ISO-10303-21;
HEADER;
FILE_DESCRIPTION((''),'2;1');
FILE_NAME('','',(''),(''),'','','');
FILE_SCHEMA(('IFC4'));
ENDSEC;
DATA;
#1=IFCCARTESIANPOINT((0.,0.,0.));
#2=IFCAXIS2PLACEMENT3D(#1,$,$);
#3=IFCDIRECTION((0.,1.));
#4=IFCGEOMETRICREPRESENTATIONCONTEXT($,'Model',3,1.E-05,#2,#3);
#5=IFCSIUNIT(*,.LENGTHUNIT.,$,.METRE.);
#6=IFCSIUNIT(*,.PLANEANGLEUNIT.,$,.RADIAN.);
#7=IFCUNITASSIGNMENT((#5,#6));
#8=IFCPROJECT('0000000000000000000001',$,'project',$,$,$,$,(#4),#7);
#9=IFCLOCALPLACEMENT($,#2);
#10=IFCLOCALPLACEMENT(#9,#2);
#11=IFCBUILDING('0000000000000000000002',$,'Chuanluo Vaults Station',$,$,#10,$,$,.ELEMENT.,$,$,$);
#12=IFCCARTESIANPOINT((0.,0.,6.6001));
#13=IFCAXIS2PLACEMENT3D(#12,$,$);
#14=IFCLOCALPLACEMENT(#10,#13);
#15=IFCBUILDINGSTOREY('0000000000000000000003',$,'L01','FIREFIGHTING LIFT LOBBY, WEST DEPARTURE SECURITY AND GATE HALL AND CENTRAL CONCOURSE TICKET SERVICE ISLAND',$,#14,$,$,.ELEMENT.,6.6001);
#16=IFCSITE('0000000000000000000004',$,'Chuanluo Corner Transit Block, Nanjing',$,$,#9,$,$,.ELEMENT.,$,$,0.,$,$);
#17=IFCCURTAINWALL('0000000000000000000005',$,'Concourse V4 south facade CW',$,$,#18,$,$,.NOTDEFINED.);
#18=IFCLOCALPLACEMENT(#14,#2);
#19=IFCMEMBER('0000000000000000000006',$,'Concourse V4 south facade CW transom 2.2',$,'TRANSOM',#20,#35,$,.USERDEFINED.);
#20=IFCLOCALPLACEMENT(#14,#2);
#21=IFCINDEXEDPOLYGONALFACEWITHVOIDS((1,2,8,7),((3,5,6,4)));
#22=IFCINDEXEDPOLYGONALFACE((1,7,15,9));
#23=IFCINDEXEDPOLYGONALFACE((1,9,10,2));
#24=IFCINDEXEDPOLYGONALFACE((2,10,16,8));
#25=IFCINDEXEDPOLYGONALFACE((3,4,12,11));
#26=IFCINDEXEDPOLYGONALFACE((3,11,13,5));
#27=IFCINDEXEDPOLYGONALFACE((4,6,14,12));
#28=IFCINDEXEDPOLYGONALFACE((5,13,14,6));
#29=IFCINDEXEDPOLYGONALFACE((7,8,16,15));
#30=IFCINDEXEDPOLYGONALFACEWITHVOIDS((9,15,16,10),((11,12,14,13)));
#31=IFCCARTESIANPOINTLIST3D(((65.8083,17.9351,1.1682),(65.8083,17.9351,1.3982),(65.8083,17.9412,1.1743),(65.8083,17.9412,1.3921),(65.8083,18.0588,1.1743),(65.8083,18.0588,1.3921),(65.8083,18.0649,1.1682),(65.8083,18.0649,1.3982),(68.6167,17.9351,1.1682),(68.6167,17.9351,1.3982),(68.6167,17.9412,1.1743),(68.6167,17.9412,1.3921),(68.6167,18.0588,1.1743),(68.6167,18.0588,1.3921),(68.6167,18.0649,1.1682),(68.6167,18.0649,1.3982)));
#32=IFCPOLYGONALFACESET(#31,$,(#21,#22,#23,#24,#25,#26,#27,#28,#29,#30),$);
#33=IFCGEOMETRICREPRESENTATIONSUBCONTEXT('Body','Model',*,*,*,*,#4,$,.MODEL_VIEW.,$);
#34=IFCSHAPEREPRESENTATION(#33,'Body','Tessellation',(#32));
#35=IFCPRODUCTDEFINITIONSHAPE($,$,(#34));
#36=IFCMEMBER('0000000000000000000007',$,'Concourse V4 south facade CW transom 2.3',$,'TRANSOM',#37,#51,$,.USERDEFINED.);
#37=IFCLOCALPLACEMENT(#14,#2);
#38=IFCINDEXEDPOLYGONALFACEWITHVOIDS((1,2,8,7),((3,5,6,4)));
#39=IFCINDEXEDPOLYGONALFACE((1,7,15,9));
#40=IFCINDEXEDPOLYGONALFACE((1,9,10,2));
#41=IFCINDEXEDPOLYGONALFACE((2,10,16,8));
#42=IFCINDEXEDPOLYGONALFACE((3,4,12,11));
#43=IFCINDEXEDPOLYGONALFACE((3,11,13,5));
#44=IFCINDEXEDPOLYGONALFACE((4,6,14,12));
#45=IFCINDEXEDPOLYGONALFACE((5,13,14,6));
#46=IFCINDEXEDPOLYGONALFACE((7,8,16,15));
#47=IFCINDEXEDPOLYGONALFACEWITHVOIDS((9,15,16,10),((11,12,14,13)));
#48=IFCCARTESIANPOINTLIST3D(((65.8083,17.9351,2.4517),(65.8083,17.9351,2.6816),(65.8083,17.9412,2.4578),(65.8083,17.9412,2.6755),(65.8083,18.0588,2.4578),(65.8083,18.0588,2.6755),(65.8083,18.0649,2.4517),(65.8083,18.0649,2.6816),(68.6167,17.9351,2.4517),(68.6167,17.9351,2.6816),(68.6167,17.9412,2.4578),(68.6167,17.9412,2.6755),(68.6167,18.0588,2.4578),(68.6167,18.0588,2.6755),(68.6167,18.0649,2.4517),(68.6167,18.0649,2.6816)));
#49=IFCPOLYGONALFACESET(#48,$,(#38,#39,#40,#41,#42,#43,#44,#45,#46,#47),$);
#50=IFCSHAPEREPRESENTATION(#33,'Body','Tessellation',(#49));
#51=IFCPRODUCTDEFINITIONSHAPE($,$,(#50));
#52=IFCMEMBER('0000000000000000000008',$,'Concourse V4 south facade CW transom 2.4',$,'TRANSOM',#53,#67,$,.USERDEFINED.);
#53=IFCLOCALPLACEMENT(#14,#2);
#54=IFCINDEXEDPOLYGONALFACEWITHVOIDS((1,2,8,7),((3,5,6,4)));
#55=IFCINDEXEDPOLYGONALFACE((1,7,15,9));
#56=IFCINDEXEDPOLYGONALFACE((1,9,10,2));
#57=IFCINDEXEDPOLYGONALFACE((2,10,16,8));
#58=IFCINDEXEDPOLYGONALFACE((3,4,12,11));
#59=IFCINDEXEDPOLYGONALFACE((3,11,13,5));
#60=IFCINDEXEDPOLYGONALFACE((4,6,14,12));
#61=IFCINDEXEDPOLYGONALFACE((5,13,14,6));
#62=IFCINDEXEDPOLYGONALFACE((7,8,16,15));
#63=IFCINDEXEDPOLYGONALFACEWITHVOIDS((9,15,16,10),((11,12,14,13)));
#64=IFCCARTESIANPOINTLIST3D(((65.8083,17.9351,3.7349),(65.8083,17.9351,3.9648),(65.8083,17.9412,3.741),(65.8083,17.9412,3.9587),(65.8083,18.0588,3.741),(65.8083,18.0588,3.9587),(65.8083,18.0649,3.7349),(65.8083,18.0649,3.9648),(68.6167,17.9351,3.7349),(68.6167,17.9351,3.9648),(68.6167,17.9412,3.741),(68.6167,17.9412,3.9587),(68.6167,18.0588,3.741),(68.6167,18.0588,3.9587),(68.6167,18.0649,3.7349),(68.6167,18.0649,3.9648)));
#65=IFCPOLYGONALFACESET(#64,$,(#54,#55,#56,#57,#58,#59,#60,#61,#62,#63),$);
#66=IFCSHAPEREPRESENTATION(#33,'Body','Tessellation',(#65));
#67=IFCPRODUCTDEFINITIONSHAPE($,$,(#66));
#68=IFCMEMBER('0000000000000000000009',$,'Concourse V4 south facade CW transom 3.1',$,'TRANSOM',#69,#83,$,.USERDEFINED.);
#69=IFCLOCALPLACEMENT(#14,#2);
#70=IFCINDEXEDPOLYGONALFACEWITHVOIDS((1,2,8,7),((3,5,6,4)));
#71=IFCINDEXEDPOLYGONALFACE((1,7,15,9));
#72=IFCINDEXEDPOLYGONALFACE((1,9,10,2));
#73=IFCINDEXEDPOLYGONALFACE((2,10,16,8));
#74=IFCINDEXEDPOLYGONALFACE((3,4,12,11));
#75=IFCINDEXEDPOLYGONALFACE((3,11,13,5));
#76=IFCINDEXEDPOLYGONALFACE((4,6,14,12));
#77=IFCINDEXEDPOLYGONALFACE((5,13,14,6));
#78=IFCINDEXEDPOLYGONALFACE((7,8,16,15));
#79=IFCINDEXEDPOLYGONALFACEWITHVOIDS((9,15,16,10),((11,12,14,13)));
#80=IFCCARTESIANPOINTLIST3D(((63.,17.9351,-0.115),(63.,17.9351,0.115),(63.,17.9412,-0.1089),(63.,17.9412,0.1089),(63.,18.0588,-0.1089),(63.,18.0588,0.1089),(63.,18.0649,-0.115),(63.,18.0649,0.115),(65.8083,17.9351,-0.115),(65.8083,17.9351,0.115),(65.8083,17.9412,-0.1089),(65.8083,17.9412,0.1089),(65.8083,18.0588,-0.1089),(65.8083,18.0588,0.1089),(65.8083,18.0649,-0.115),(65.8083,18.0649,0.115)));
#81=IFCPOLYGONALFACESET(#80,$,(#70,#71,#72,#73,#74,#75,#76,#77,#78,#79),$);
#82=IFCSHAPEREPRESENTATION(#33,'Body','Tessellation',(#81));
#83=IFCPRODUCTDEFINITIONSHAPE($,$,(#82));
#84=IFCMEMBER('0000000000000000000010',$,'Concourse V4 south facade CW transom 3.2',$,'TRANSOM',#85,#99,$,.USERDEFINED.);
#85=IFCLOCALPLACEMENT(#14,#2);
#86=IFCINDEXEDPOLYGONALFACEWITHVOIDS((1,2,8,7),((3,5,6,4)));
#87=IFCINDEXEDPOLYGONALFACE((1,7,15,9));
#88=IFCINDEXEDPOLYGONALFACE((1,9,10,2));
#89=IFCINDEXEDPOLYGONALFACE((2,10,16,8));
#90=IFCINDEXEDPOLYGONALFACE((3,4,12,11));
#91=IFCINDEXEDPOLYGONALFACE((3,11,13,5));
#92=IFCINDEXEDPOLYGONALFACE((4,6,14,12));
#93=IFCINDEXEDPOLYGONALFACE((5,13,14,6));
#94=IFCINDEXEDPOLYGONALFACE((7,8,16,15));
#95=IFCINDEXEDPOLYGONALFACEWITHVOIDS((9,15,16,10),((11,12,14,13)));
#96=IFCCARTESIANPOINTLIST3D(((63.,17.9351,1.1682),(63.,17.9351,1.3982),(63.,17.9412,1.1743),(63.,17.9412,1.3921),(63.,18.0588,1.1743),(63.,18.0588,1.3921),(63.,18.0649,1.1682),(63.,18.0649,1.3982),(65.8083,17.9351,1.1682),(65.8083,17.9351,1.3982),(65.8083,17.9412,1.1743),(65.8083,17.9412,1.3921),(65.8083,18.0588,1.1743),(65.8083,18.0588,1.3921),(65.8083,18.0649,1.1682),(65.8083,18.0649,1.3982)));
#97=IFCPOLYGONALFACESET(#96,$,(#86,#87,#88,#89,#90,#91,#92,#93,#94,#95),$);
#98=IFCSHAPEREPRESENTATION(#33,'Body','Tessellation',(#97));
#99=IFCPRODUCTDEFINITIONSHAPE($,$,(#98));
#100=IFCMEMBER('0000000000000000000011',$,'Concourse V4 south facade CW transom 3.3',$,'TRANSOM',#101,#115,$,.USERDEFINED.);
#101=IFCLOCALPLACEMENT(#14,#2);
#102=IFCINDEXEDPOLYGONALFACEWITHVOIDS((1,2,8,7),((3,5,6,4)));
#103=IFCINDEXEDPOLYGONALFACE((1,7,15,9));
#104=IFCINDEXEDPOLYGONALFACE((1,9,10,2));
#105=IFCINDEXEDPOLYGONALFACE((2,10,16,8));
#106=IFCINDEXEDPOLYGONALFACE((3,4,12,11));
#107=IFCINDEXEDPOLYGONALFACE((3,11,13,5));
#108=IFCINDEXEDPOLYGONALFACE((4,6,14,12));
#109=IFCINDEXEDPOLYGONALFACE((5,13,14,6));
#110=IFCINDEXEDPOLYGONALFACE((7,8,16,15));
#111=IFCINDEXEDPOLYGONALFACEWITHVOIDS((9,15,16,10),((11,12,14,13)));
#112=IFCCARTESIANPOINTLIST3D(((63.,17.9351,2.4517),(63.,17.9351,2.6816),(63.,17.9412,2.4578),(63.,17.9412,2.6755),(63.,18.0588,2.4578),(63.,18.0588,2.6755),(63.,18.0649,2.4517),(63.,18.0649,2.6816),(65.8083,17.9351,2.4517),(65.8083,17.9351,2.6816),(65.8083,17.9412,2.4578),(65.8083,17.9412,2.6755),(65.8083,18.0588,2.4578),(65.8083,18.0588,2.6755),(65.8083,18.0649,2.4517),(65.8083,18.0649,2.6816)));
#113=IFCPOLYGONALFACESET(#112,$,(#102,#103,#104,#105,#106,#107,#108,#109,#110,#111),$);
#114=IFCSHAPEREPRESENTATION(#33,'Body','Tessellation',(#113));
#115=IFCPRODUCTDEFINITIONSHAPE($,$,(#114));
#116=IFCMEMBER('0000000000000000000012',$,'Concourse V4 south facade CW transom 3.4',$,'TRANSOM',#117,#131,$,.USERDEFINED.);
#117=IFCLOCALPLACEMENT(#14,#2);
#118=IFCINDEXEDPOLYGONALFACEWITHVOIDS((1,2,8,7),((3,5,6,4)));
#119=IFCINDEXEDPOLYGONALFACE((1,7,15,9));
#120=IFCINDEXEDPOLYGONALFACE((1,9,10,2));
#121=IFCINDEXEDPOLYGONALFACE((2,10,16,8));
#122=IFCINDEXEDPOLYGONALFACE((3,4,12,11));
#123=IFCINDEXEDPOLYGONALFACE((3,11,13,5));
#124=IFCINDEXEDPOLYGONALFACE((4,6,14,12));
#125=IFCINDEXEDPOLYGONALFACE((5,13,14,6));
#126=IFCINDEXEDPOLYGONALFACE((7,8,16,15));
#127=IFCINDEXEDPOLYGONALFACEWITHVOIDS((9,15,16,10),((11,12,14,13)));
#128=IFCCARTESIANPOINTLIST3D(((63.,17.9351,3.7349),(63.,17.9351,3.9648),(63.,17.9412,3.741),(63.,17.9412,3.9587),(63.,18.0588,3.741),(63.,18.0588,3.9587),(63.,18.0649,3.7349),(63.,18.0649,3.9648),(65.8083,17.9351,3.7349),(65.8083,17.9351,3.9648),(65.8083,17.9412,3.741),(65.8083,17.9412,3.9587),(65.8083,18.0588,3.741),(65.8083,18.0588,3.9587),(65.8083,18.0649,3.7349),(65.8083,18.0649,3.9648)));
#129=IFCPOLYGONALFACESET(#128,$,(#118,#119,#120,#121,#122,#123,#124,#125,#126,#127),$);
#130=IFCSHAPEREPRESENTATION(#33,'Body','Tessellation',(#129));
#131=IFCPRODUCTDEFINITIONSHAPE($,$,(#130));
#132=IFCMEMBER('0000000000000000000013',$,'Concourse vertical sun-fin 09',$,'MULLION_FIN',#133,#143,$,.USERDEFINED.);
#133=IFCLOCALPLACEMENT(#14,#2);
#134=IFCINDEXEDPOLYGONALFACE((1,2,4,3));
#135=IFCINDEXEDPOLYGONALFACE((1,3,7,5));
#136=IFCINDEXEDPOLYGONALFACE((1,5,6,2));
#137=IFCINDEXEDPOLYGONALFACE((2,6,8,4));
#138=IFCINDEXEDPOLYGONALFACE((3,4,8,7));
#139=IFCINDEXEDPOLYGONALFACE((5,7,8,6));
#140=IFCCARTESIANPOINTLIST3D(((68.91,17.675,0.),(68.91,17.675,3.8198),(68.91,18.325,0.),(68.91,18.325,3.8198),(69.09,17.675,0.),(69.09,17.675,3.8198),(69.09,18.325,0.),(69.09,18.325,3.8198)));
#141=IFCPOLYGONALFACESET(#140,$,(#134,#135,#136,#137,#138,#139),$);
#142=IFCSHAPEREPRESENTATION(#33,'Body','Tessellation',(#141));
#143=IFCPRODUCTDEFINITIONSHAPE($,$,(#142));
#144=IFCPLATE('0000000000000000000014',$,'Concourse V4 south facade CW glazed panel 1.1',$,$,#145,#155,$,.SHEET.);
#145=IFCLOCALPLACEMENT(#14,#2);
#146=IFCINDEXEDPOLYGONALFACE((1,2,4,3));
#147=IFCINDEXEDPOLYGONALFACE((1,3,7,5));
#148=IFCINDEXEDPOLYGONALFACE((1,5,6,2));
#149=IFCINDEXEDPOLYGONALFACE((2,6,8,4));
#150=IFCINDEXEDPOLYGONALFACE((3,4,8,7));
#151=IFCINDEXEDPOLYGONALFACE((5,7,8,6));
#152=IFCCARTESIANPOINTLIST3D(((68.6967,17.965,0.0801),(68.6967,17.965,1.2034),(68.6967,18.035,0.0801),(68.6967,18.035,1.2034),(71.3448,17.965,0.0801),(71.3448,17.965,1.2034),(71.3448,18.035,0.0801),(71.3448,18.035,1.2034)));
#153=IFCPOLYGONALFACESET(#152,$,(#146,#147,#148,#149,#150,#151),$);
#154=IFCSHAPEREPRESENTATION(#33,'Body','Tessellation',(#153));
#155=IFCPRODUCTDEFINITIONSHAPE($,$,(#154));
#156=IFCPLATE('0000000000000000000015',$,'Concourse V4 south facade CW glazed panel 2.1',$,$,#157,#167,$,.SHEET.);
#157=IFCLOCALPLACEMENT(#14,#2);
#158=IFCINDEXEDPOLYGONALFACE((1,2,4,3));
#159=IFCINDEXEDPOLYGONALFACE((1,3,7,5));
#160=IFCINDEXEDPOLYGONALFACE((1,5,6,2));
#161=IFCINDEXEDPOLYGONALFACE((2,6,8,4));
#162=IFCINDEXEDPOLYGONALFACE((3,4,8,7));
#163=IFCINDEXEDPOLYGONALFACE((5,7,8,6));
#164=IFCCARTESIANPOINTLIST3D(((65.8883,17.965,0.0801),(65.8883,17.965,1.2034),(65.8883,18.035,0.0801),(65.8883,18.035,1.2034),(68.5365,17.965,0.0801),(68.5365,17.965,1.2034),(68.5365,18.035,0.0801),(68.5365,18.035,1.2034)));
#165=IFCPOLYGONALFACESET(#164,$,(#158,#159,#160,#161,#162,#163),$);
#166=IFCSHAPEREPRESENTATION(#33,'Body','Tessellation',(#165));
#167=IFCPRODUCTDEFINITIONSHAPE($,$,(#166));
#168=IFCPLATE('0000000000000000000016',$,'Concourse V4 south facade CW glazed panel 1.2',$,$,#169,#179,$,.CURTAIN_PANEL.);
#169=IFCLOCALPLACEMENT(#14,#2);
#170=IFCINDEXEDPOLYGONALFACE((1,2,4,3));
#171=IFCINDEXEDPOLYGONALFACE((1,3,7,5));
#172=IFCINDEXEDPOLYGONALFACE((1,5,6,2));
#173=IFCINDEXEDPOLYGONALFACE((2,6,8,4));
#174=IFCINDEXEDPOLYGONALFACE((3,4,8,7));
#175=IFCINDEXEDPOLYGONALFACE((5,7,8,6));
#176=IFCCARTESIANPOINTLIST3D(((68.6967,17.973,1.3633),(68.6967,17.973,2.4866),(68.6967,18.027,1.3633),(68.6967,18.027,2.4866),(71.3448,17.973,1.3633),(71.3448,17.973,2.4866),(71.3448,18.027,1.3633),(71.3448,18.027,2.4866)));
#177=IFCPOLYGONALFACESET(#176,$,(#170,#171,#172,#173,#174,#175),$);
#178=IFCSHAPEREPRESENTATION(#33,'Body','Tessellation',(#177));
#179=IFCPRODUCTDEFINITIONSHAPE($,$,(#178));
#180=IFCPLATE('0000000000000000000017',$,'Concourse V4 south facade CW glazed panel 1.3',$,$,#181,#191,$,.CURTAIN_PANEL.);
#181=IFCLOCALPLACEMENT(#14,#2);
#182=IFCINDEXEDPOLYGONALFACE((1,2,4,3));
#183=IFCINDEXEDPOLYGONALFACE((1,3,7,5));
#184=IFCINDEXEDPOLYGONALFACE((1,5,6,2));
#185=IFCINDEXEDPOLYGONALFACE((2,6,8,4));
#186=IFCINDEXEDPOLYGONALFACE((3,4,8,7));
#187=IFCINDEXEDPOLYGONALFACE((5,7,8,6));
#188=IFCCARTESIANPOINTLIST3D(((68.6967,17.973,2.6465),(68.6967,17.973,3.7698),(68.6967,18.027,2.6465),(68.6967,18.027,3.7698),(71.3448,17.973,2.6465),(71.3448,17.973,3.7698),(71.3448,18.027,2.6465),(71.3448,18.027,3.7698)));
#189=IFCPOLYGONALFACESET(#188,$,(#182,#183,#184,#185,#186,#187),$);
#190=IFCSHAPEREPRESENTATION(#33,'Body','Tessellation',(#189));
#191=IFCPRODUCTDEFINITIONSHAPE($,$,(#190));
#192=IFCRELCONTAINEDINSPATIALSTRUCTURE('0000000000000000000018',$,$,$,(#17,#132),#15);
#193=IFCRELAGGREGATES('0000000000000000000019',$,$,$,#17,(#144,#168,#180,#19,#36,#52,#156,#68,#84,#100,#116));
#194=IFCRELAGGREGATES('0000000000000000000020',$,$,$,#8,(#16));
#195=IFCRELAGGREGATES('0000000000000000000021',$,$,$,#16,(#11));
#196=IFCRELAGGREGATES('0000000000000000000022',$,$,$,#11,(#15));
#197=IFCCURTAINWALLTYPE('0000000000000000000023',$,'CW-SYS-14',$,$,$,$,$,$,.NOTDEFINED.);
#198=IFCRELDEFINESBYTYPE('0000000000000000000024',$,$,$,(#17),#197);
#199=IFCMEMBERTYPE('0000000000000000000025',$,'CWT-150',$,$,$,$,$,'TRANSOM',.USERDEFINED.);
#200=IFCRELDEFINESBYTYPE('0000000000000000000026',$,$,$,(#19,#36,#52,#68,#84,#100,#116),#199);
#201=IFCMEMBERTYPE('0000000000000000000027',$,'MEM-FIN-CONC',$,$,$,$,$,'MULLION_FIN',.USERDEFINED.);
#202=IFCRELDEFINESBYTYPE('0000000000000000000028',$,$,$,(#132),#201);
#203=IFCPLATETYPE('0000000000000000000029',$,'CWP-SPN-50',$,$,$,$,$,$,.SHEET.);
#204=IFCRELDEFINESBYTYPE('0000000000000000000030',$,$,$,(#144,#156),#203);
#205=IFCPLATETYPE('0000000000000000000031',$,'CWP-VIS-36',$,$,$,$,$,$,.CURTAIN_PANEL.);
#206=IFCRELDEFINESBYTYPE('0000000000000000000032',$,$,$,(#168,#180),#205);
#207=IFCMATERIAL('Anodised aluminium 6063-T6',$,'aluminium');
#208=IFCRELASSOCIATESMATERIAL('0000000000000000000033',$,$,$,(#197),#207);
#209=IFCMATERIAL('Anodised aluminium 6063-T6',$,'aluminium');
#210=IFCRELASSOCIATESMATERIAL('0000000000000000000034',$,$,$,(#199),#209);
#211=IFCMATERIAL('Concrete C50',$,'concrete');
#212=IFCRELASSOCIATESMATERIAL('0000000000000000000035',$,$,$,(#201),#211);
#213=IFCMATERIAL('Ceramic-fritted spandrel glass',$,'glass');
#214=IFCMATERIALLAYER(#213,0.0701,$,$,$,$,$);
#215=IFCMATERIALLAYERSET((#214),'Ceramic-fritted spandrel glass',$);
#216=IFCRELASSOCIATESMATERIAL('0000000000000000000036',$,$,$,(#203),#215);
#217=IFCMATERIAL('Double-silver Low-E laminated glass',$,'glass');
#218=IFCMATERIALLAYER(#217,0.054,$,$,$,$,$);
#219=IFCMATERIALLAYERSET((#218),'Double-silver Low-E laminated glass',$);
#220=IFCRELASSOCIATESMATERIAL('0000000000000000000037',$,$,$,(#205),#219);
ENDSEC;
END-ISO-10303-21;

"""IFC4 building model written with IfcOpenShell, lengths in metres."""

from ifc_helpers import new_model, si_unit, direction, frame, origin, origin_2d, place, context, subcontext, project, spatial, rectangle, hollow_rectangle, extrude, material, layer, layer_set, material_profile, profile_set, type_object, element, aggregate, save


model = new_model("IFC4")

# Units and contexts
model_context = context("Model", 3, precision=1e-05, world=origin(), true_north=direction((0.0, 1.0)))
body_context = subcontext(model_context, "Body", "Model", "MODEL_VIEW")
ifc_project = project(units=[si_unit("LENGTHUNIT", "METRE"), si_unit("PLANEANGLEUNIT", "RADIAN")], contexts=[model_context])

# Site, building, storey
site_placement = place(None, origin())
site = spatial("IfcSite", under=ifc_project, at=site_placement, Name="Chuanluo Corner Transit Block, Nanjing", CompositionType="ELEMENT", RefElevation=0.0)
building_placement = place(site_placement, origin())
building = spatial("IfcBuilding", under=site, at=building_placement, Name="Chuanluo Vaults Station", CompositionType="ELEMENT")
storey_placement = place(building_placement, frame((0.0, 0.0, 6.6001)))
storey = spatial("IfcBuildingStorey", under=building, at=storey_placement, Name="L01", Description="FIREFIGHTING LIFT LOBBY, WEST DEPARTURE SECURITY AND GATE HALL AND CENTRAL CONCOURSE TICKET SERVICE ISLAND", CompositionType="ELEMENT", Elevation=6.6001)

# Curtain wall, members
ifc_material_1 = material(Name="Anodised aluminium 6063-T6", Category="aluminium")
curtain_wall_type = type_object("IfcCurtainWallType", Name="CW-SYS-14", PredefinedType="NOTDEFINED", material=ifc_material_1)
curtain_wall_placement = place(storey_placement, origin())
curtain_wall = element("IfcCurtainWall", 1, at=curtain_wall_placement, inside=storey, type_object=curtain_wall_type, Name="Concourse V4 south facade CW", PredefinedType="NOTDEFINED")
ifc_material_2 = material(Name="Anodised aluminium 6063-T6", Category="aluminium")
ifc_material_profile_1 = material_profile(ifc_material_2, hollow_rectangle(XDim=0.1299, YDim=0.23, WallThickness=0.0061, at=origin_2d()))
ifc_profile_set_1 = profile_set([ifc_material_profile_1], Name="Anodised aluminium 6063-T6")
member_type_1 = type_object("IfcMemberType", Name="CWT-150", ElementType="TRANSOM", PredefinedType="USERDEFINED", material=ifc_profile_set_1)
member_1_placement = place(storey_placement, frame((68.6167, 18.0, 1.2832), z_axis=(-1.0, 0.0, 0.0), x_axis=(0.0, -1.0, 0.0)))
member_1 = element("IfcMember", 2, at=member_1_placement, type_object=member_type_1, Name="Concourse V4 south facade CW transom 2.2", ObjectType="TRANSOM", PredefinedType="USERDEFINED", context=body_context, shape_type="SweptSolid", body=[
    extrude(hollow_rectangle(XDim=0.1299, YDim=0.23, WallThickness=0.0061, at=origin_2d()), origin(), (0.0, 0.0, 1.0), 2.8083),
])
member_2_placement = place(storey_placement, frame((68.6167, 18.0, 2.5667), z_axis=(-1.0, 0.0, 0.0), x_axis=(0.0, -1.0, 0.0)))
member_2 = element("IfcMember", 3, at=member_2_placement, type_object=member_type_1, Name="Concourse V4 south facade CW transom 2.3", ObjectType="TRANSOM", PredefinedType="USERDEFINED", context=body_context, shape_type="SweptSolid", body=[
    extrude(hollow_rectangle(XDim=0.1299, YDim=0.23, WallThickness=0.0061, at=origin_2d()), origin(), (0.0, 0.0, 1.0), 2.8083),
])
member_3_placement = place(storey_placement, frame((68.6167, 18.0, 3.8499), z_axis=(-1.0, 0.0, 0.0), x_axis=(0.0, -1.0, 0.0)))
member_3 = element("IfcMember", 4, at=member_3_placement, type_object=member_type_1, Name="Concourse V4 south facade CW transom 2.4", ObjectType="TRANSOM", PredefinedType="USERDEFINED", context=body_context, shape_type="SweptSolid", body=[
    extrude(hollow_rectangle(XDim=0.1299, YDim=0.23, WallThickness=0.0061, at=origin_2d()), origin(), (0.0, 0.0, 1.0), 2.8083),
])
member_4_placement = place(storey_placement, frame((65.8083, 18.0, 0.0), z_axis=(-1.0, 0.0, 0.0), x_axis=(0.0, -1.0, 0.0)))
member_4 = element("IfcMember", 5, at=member_4_placement, type_object=member_type_1, Name="Concourse V4 south facade CW transom 3.1", ObjectType="TRANSOM", PredefinedType="USERDEFINED", context=body_context, shape_type="SweptSolid", body=[
    extrude(hollow_rectangle(XDim=0.1299, YDim=0.23, WallThickness=0.0061, at=origin_2d()), origin(), (0.0, 0.0, 1.0), 2.8083),
])
member_5_placement = place(storey_placement, frame((65.8083, 18.0, 1.2832), z_axis=(-1.0, 0.0, 0.0), x_axis=(0.0, -1.0, 0.0)))
member_5 = element("IfcMember", 6, at=member_5_placement, type_object=member_type_1, Name="Concourse V4 south facade CW transom 3.2", ObjectType="TRANSOM", PredefinedType="USERDEFINED", context=body_context, shape_type="SweptSolid", body=[
    extrude(hollow_rectangle(XDim=0.1299, YDim=0.23, WallThickness=0.0061, at=origin_2d()), origin(), (0.0, 0.0, 1.0), 2.8083),
])
member_6_placement = place(storey_placement, frame((65.8083, 18.0, 2.5667), z_axis=(-1.0, 0.0, 0.0), x_axis=(0.0, -1.0, 0.0)))
member_6 = element("IfcMember", 7, at=member_6_placement, type_object=member_type_1, Name="Concourse V4 south facade CW transom 3.3", ObjectType="TRANSOM", PredefinedType="USERDEFINED", context=body_context, shape_type="SweptSolid", body=[
    extrude(hollow_rectangle(XDim=0.1299, YDim=0.23, WallThickness=0.0061, at=origin_2d()), origin(), (0.0, 0.0, 1.0), 2.8083),
])
member_7_placement = place(storey_placement, frame((65.8083, 18.0, 3.8499), z_axis=(-1.0, 0.0, 0.0), x_axis=(0.0, -1.0, 0.0)))
member_7 = element("IfcMember", 8, at=member_7_placement, type_object=member_type_1, Name="Concourse V4 south facade CW transom 3.4", ObjectType="TRANSOM", PredefinedType="USERDEFINED", context=body_context, shape_type="SweptSolid", body=[
    extrude(hollow_rectangle(XDim=0.1299, YDim=0.23, WallThickness=0.0061, at=origin_2d()), origin(), (0.0, 0.0, 1.0), 2.8083),
])

# Member
ifc_material_3 = material(Name="Concrete C50", Category="concrete")
ifc_material_profile_2 = material_profile(ifc_material_3, rectangle(XDim=0.1799, YDim=0.6499, at=origin_2d()))
ifc_profile_set_2 = profile_set([ifc_material_profile_2], Name="Concrete C50")
member_type_2 = type_object("IfcMemberType", Name="MEM-FIN-CONC", ElementType="MULLION_FIN", PredefinedType="USERDEFINED", material=ifc_profile_set_2)
member_8_placement = place(storey_placement, frame((69.0, 18.0, 0.0), z_axis=(0.0, 0.0, 1.0), x_axis=(1.0, 0.0, 0.0)))
element("IfcMember", 9, at=member_8_placement, inside=storey, type_object=member_type_2, Name="Concourse vertical sun-fin 09", ObjectType="MULLION_FIN", PredefinedType="USERDEFINED", context=body_context, shape_type="SweptSolid", body=[
    extrude(rectangle(XDim=0.1799, YDim=0.6499, at=origin_2d()), origin(), (0.0, 0.0, 1.0), 3.8198),
])

# Plates
ifc_material_4 = material(Name="Ceramic-fritted spandrel glass", Category="glass")
ifc_layer_1 = layer(ifc_material_4, 0.0701)
ifc_layer_set_1 = layer_set([ifc_layer_1], Name="Ceramic-fritted spandrel glass")
plate_type_1 = type_object("IfcPlateType", Name="CWP-SPN-50", PredefinedType="SHEET", material=ifc_layer_set_1)
plate_1_placement = place(storey_placement, frame((70.0208, 18.0, 0.0801), z_axis=(0.0, 0.0, 1.0), x_axis=(-1.0, 0.0, 0.0)))
plate_1 = element("IfcPlate", 10, at=plate_1_placement, type_object=plate_type_1, Name="Concourse V4 south facade CW glazed panel 1.1", PredefinedType="SHEET", context=body_context, shape_type="SweptSolid", body=[
    extrude(rectangle(XDim=2.6482, YDim=0.0701, at=origin_2d()), origin(), (0.0, 0.0, 1.0), 1.1233),
])
plate_2_placement = place(storey_placement, frame((67.2124, 18.0, 0.0801), z_axis=(0.0, 0.0, 1.0), x_axis=(-1.0, 0.0, 0.0)))
plate_2 = element("IfcPlate", 11, at=plate_2_placement, type_object=plate_type_1, Name="Concourse V4 south facade CW glazed panel 2.1", PredefinedType="SHEET", context=body_context, shape_type="SweptSolid", body=[
    extrude(rectangle(XDim=2.6482, YDim=0.0701, at=origin_2d()), origin(), (0.0, 0.0, 1.0), 1.1233),
])
ifc_material_5 = material(Name="Double-silver Low-E laminated glass", Category="glass")
ifc_layer_2 = layer(ifc_material_5, 0.054)
ifc_layer_set_2 = layer_set([ifc_layer_2], Name="Double-silver Low-E laminated glass")
plate_type_2 = type_object("IfcPlateType", Name="CWP-VIS-36", PredefinedType="CURTAIN_PANEL", material=ifc_layer_set_2)
plate_3_placement = place(storey_placement, frame((70.0208, 18.0, 1.3633), z_axis=(0.0, 0.0, 1.0), x_axis=(-1.0, 0.0, 0.0)))
plate_3 = element("IfcPlate", 12, at=plate_3_placement, type_object=plate_type_2, Name="Concourse V4 south facade CW glazed panel 1.2", PredefinedType="CURTAIN_PANEL", context=body_context, shape_type="SweptSolid", body=[
    extrude(rectangle(XDim=2.6482, YDim=0.054, at=origin_2d()), origin(), (0.0, 0.0, 1.0), 1.1233),
])
plate_4_placement = place(storey_placement, frame((70.0208, 18.0, 2.6465), z_axis=(0.0, 0.0, 1.0), x_axis=(-1.0, 0.0, 0.0)))
plate_4 = element("IfcPlate", 13, at=plate_4_placement, type_object=plate_type_2, Name="Concourse V4 south facade CW glazed panel 1.3", PredefinedType="CURTAIN_PANEL", context=body_context, shape_type="SweptSolid", body=[
    extrude(rectangle(XDim=2.6482, YDim=0.054, at=origin_2d()), origin(), (0.0, 0.0, 1.0), 1.1233),
])
aggregate(curtain_wall, [plate_1, plate_3, plate_4, member_1, member_2, member_3, plate_2, member_4, member_5, member_6, member_7])

save(model, "model.ifc")
